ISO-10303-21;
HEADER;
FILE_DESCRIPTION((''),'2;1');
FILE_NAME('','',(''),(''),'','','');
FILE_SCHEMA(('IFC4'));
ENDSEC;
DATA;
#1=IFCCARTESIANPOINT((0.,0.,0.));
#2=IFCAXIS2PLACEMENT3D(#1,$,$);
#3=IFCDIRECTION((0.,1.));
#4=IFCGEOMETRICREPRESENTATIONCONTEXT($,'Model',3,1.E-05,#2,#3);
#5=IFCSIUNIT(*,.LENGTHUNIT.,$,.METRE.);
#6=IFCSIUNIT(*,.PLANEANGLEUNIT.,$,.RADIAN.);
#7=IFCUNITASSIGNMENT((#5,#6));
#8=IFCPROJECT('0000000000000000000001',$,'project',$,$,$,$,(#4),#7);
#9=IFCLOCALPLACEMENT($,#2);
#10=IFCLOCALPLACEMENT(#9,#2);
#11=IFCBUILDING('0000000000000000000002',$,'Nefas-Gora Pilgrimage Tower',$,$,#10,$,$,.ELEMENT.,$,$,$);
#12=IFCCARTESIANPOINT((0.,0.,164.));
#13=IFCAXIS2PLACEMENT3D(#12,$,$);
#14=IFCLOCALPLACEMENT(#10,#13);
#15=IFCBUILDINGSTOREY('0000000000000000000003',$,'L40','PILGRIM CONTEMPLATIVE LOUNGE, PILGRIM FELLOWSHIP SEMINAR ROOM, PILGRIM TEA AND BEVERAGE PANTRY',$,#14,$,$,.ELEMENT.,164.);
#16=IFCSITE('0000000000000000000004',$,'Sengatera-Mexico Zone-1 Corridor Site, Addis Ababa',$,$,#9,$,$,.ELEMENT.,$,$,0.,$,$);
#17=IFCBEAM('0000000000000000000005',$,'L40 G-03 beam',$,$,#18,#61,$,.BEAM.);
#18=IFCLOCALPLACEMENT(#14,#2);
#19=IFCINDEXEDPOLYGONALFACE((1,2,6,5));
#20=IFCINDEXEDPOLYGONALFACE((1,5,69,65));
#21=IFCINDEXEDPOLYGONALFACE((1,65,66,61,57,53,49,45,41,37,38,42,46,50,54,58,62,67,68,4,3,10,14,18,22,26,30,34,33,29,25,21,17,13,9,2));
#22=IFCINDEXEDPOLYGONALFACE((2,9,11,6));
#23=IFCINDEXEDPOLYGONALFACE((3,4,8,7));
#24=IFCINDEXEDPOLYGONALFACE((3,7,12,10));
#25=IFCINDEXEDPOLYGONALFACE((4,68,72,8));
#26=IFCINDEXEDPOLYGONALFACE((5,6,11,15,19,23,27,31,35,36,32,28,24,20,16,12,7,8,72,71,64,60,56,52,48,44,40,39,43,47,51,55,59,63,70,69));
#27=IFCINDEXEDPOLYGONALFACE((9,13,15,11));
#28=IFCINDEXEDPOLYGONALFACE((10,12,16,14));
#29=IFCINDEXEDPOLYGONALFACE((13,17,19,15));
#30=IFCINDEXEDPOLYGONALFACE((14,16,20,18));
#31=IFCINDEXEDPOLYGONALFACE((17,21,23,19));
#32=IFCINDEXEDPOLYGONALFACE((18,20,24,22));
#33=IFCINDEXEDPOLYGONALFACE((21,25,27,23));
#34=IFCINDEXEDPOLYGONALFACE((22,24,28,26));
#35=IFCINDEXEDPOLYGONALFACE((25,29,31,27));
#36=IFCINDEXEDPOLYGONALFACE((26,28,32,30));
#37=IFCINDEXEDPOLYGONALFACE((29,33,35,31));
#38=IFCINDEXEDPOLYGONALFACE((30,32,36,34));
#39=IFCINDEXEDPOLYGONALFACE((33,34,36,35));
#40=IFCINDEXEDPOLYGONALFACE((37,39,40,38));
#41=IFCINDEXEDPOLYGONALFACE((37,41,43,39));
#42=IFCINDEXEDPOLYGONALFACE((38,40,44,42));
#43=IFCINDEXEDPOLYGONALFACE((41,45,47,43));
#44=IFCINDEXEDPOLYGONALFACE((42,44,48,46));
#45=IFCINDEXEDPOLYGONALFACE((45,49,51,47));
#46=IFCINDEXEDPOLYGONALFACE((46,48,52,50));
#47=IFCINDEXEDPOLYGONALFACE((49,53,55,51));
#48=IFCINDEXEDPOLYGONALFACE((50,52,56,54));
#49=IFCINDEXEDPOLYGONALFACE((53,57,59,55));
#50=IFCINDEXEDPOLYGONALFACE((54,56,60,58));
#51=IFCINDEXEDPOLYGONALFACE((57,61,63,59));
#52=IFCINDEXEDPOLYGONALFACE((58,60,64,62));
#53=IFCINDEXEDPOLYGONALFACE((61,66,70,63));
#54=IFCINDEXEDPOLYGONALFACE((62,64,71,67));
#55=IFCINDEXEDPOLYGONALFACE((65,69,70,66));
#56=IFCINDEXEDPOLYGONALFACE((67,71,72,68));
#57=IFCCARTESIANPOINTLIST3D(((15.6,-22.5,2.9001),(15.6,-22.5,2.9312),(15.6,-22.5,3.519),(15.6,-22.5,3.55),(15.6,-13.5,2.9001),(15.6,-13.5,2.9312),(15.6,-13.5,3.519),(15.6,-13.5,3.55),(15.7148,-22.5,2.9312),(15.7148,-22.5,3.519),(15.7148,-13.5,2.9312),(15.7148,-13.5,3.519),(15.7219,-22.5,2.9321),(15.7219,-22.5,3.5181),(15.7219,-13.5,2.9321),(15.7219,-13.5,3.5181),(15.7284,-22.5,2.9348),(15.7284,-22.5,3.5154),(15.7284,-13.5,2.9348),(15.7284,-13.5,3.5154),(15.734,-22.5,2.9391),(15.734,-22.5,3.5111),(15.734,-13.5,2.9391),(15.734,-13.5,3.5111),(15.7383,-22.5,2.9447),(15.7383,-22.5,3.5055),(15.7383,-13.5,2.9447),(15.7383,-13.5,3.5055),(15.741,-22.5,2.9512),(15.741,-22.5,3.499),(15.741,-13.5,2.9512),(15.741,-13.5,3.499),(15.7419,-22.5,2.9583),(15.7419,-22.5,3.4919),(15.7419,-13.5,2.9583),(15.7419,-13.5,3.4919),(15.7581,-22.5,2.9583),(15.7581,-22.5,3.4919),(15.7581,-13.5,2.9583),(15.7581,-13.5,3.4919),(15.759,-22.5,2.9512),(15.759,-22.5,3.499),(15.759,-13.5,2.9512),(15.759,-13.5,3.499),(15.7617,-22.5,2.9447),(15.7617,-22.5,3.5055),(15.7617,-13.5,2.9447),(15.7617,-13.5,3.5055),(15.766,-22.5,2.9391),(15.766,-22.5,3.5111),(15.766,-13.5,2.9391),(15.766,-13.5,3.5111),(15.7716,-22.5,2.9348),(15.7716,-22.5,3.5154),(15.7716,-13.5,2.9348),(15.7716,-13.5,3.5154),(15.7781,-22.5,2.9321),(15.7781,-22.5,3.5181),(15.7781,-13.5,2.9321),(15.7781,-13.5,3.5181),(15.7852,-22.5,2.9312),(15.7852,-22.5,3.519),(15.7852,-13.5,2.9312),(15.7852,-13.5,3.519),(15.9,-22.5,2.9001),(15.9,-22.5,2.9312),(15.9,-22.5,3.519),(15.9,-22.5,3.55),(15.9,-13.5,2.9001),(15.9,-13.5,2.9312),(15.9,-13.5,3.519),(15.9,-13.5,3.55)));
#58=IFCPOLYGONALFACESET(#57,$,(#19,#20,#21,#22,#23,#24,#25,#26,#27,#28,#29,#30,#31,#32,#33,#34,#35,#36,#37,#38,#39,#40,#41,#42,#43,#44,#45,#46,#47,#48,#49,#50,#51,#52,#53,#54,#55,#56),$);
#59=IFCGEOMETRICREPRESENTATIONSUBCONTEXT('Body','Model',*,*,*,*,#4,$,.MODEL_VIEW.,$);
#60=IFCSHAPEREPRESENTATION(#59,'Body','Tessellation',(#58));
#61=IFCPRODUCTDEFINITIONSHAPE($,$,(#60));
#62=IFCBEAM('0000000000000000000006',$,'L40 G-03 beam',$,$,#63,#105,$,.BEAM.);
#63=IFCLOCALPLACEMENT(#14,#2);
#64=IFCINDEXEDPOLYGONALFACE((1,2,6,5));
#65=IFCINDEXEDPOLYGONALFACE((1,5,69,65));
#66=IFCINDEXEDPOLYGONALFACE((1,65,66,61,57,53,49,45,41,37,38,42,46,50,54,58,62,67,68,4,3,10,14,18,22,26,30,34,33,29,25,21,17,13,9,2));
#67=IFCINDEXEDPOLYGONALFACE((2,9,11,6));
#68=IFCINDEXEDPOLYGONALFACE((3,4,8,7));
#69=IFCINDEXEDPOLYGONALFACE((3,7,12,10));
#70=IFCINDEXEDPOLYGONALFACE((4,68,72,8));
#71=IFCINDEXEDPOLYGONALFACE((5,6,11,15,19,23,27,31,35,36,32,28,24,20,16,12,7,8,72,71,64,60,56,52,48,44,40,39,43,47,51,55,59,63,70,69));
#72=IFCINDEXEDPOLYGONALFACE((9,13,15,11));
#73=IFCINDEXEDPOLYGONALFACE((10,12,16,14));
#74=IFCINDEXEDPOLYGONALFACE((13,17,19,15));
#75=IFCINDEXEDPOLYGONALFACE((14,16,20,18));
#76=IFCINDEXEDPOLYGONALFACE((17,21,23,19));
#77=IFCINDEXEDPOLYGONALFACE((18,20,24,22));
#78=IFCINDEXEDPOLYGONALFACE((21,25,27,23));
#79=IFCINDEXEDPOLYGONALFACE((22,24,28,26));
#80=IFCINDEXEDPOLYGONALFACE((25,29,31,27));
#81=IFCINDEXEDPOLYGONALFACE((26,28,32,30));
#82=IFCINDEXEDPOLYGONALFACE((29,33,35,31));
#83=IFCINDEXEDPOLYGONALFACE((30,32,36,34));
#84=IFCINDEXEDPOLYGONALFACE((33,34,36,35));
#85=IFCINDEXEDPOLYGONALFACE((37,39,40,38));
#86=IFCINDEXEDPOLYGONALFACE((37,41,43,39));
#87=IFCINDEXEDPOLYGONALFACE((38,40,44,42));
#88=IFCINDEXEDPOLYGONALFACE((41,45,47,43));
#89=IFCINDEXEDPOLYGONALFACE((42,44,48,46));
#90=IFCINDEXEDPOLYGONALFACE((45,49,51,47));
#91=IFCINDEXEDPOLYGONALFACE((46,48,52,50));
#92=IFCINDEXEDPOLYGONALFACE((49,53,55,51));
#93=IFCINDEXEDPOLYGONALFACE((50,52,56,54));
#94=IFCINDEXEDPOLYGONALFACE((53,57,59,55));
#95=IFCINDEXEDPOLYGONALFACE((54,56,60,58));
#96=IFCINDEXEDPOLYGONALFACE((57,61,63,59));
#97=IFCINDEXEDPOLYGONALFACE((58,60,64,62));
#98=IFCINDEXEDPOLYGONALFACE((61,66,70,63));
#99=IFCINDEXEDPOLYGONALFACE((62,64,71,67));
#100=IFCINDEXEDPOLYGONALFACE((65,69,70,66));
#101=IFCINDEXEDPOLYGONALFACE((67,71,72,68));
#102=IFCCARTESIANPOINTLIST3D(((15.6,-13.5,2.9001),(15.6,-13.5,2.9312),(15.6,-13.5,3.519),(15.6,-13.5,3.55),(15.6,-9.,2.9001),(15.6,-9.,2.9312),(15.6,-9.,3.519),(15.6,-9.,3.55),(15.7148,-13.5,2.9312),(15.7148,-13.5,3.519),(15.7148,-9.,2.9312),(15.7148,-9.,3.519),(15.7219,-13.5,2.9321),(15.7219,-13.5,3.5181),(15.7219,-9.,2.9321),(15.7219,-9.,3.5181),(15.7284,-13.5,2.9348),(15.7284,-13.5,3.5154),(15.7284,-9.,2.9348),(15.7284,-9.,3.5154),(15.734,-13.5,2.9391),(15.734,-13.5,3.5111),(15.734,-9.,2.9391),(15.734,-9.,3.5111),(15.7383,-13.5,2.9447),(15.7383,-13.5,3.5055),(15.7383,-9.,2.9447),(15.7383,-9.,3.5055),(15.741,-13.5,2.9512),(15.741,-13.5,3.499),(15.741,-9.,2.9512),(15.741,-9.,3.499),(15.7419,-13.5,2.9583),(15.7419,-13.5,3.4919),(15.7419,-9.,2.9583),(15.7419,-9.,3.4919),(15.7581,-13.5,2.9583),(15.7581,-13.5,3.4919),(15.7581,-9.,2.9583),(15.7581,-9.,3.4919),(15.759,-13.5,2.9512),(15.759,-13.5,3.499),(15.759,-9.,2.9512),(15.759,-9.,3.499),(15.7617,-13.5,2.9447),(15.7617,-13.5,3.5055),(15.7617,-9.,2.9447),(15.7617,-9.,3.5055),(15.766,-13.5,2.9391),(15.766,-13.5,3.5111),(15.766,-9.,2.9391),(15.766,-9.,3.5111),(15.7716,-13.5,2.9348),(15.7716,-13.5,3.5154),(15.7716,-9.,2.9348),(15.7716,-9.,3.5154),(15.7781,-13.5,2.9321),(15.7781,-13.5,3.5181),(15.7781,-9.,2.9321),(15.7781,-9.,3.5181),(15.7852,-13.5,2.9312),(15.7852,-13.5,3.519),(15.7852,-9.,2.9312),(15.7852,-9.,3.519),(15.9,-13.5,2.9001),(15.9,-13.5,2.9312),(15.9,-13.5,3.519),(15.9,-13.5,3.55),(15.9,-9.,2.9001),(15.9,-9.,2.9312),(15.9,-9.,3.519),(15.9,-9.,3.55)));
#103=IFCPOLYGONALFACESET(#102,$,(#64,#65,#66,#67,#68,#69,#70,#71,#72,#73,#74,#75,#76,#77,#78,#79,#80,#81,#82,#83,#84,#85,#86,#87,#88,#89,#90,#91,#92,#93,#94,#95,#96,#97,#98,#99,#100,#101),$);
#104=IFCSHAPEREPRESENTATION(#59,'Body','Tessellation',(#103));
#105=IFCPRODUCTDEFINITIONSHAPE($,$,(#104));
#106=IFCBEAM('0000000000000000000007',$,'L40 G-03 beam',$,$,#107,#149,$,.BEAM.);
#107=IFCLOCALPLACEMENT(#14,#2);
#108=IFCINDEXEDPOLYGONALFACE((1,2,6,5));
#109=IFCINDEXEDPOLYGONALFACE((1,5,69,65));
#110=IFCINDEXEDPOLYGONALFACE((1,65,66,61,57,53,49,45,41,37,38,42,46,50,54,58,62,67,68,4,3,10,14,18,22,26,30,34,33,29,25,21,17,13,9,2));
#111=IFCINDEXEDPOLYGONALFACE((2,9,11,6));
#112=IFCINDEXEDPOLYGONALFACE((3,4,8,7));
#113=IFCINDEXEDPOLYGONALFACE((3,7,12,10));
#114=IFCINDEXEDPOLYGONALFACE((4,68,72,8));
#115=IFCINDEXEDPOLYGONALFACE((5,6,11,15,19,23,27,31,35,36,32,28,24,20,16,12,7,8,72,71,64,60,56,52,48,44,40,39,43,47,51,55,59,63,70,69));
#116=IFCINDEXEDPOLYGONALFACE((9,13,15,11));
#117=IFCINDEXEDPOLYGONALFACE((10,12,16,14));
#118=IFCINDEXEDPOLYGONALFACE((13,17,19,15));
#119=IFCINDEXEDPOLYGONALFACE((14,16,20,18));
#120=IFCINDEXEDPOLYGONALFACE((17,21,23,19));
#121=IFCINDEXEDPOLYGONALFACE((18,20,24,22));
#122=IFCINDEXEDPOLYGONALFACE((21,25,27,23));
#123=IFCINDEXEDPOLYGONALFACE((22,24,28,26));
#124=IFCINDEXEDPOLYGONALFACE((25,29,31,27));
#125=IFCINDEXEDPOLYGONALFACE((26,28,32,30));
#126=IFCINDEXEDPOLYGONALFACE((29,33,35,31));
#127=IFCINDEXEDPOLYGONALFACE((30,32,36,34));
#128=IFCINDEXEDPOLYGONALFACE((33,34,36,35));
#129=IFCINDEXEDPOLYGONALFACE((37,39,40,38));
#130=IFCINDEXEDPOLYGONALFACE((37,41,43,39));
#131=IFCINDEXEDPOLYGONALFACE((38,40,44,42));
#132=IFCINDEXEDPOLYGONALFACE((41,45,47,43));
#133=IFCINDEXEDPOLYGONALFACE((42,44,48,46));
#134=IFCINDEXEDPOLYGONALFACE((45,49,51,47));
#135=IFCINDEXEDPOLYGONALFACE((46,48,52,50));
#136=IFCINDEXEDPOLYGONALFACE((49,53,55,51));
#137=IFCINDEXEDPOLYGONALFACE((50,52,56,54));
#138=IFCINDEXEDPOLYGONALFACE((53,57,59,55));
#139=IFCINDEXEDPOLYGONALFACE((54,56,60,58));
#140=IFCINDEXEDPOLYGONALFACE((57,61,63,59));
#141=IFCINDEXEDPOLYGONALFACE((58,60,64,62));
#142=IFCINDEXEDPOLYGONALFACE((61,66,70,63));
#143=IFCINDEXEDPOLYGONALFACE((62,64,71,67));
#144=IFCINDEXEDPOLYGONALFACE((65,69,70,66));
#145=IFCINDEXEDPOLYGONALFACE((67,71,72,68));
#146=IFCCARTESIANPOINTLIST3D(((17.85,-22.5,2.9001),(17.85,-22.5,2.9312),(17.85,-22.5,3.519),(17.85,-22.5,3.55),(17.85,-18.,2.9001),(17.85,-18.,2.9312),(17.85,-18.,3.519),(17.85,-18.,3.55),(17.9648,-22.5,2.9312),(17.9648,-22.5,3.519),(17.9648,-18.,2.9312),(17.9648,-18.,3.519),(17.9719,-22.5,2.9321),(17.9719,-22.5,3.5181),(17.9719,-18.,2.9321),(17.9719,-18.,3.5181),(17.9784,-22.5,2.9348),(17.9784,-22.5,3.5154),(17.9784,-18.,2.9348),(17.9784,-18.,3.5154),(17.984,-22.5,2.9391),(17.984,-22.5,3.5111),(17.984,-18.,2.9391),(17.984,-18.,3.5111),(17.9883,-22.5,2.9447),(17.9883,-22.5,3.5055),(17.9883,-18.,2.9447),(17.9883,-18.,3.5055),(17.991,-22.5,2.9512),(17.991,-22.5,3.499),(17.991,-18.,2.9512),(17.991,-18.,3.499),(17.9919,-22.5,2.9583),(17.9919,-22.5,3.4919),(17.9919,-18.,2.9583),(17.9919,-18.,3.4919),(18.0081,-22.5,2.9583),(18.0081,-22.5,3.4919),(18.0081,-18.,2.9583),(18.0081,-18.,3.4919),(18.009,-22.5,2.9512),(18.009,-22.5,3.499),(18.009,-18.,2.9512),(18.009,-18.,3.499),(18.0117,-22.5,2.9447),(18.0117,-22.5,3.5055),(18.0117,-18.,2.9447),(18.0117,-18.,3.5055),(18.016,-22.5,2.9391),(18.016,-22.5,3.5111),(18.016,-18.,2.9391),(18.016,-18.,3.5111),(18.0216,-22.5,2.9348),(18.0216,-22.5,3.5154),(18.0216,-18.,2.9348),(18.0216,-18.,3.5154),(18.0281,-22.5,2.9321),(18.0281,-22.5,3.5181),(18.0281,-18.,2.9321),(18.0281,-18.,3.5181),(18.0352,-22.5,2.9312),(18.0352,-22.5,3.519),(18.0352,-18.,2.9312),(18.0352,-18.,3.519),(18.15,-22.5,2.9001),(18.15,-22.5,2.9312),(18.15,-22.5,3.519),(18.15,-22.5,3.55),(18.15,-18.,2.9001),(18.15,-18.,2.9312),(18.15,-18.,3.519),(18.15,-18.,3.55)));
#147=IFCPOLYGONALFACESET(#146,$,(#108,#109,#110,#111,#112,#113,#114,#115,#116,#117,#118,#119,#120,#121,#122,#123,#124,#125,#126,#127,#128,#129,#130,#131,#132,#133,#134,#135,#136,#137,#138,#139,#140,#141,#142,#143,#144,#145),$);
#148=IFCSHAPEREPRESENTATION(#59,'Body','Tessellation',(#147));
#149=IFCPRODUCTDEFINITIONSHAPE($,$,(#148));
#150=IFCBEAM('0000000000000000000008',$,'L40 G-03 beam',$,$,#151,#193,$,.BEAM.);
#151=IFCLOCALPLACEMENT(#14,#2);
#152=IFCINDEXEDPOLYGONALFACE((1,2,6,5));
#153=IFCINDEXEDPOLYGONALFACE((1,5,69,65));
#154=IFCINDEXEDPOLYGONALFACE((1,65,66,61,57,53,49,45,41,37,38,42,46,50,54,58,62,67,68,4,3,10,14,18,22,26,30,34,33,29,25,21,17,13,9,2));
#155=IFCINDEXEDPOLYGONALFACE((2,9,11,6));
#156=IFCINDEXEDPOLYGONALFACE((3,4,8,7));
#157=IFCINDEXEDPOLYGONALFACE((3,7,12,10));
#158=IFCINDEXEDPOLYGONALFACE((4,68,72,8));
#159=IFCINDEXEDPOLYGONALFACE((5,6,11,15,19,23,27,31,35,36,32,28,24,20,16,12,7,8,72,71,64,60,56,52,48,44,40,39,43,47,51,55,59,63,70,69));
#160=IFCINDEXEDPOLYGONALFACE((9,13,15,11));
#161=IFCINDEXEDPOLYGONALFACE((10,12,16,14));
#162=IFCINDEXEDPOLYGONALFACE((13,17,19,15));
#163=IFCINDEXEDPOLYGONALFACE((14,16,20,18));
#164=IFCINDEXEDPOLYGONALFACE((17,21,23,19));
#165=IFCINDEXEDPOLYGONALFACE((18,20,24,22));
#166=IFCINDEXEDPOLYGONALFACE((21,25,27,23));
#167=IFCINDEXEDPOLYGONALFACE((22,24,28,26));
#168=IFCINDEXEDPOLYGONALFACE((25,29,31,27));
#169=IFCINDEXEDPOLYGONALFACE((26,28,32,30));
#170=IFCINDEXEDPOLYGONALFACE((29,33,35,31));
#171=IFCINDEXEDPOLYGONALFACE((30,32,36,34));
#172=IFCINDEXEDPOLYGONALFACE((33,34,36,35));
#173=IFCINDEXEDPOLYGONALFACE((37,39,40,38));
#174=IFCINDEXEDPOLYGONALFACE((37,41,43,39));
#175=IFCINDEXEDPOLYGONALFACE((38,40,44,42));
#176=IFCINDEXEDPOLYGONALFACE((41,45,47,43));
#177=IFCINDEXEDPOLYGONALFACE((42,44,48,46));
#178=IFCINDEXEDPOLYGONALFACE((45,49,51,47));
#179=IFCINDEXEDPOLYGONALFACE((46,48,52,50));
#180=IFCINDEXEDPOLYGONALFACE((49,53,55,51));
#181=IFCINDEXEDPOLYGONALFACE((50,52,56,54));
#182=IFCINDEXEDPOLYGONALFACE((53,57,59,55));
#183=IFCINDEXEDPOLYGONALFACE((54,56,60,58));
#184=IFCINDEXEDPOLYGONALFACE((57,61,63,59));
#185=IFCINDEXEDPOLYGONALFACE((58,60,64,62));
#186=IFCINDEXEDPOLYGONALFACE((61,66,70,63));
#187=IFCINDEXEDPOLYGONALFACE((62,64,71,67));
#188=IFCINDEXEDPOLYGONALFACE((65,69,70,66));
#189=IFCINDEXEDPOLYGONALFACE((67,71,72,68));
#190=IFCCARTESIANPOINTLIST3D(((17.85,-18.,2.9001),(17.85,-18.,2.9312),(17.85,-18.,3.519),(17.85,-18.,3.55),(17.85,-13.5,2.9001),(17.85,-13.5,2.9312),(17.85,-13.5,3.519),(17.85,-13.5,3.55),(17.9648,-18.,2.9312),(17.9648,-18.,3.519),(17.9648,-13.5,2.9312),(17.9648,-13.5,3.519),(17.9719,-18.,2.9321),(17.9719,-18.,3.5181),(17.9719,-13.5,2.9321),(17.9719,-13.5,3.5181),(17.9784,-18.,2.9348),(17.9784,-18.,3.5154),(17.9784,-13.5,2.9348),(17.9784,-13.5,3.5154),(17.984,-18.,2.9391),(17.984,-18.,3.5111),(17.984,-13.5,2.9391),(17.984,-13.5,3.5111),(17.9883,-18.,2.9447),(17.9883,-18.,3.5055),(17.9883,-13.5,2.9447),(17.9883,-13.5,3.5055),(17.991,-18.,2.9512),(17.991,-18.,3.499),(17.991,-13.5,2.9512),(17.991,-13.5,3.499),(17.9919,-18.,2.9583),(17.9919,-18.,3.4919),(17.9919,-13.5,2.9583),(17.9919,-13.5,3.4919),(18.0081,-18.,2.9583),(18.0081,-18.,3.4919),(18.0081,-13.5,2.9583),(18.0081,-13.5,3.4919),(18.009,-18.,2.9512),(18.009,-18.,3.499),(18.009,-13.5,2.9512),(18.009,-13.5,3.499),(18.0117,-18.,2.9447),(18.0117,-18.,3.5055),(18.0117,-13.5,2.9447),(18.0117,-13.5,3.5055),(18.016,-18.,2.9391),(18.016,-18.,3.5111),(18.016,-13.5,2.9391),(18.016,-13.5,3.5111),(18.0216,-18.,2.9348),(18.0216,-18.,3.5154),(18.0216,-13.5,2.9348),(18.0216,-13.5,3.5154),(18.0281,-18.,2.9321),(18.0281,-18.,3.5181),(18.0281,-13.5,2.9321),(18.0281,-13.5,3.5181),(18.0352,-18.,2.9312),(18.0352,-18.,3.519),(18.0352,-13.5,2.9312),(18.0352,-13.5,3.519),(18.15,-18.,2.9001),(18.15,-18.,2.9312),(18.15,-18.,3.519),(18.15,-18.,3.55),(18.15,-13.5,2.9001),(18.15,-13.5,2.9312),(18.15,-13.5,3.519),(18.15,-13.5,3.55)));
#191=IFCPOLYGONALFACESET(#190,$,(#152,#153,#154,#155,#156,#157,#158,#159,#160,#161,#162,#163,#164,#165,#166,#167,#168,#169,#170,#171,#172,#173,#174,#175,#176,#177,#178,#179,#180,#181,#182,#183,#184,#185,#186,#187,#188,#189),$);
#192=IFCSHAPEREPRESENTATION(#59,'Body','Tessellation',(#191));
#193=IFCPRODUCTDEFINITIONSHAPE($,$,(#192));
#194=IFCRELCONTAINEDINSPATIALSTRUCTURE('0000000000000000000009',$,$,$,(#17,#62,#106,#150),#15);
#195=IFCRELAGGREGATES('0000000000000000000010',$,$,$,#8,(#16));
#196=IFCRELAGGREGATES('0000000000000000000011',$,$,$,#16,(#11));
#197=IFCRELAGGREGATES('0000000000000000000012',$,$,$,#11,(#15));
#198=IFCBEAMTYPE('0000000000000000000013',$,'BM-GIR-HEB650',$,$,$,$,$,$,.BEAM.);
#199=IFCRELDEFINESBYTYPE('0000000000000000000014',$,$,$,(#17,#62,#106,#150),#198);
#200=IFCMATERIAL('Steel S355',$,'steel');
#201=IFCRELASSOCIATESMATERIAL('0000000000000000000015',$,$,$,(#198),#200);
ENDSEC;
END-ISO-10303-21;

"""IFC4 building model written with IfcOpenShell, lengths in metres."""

from ifc_helpers import new_model, si_unit, direction, frame, origin, origin_2d, place, context, subcontext, project, spatial, i_section, extrude, source, transform, mapped, material, material_profile, profile_set, type_object, element, save


model = new_model("IFC4")

# Units and contexts
model_context = context("Model", 3, precision=1e-05, world=origin(), true_north=direction((0.0, 1.0)))
body_context = subcontext(model_context, "Body", "Model", "MODEL_VIEW")
ifc_project = project(units=[si_unit("LENGTHUNIT", "METRE"), si_unit("PLANEANGLEUNIT", "RADIAN")], contexts=[model_context])

# Site, building, storey
site_placement = place(None, origin())
site = spatial("IfcSite", under=ifc_project, at=site_placement, Name="Sengatera-Mexico Zone-1 Corridor Site, Addis Ababa", CompositionType="ELEMENT", RefElevation=0.0)
building_placement = place(site_placement, origin())
building = spatial("IfcBuilding", under=site, at=building_placement, Name="Nefas-Gora Pilgrimage Tower", CompositionType="ELEMENT")
storey_placement = place(building_placement, frame((0.0, 0.0, 164.0)))
storey = spatial("IfcBuildingStorey", under=building, at=storey_placement, Name="L40", Description="PILGRIM CONTEMPLATIVE LOUNGE, PILGRIM FELLOWSHIP SEMINAR ROOM, PILGRIM TEA AND BEVERAGE PANTRY", CompositionType="ELEMENT", Elevation=164.0)

# Beams
ifc_material_1 = material(Name="Steel S355", Category="steel")
ifc_material_profile_1 = material_profile(ifc_material_1, i_section(OverallWidth=0.3, OverallDepth=0.6499, WebThickness=0.0161, FlangeThickness=0.031, FilletRadius=0.0271, at=origin_2d()), Name="HEB 650")
ifc_profile_set_1 = profile_set([ifc_material_profile_1], Name="Steel S355")
beam_type_1 = type_object("IfcBeamType", Name="BM-GIR-HEB650", PredefinedType="BEAM", material=ifc_profile_set_1)
shared_shape_1 = source(origin(), body_context, "Body", "SweptSolid", [
    extrude(i_section(OverallWidth=0.3, OverallDepth=0.6499, WebThickness=0.0161, FlangeThickness=0.031, FilletRadius=0.0271, at=origin_2d()), origin(), (0.0, 0.0, 1.0), 9.0),
])
for number, where, z_axis, x_axis, name in (
    (1, (15.75, -22.5, 3.2251), (0.0, 1.0, 0.0), (-1.0, 0.0, 0.0), "L40 G-03 beam"),
):
    element("IfcBeam", number, at=place(storey_placement, frame(where, z_axis=z_axis, x_axis=x_axis)), inside=storey, type_object=beam_type_1, Name=name, PredefinedType="BEAM", context=body_context, shape_type="MappedRepresentation", body=[
        mapped(shared_shape_1, transform((0.0, 0.0, 0.0), x_axis=(1.0, 0.0, 0.0), y_axis=(0.0, 1.0, 0.0), z_axis=(0.0, 0.0, 1.0), scale=1.0)),
    ])
shared_shape_2 = source(origin(), body_context, "Body", "SweptSolid", [
    extrude(i_section(OverallWidth=0.3, OverallDepth=0.6499, WebThickness=0.0161, FlangeThickness=0.031, FilletRadius=0.0271, at=origin_2d()), origin(), (0.0, 0.0, 1.0), 4.5),
])
for number, where, z_axis, x_axis, name in (
    (2, (15.75, -13.5, 3.2251), (0.0, 1.0, 0.0), (-1.0, 0.0, 0.0), "L40 G-03 beam"),
    (3, (18.0, -22.5, 3.2251), (0.0, 1.0, 0.0), (-1.0, 0.0, 0.0), "L40 G-03 beam"),
    (4, (18.0, -18.0, 3.2251), (0.0, 1.0, 0.0), (-1.0, 0.0, 0.0), "L40 G-03 beam"),
):
    element("IfcBeam", number, at=place(storey_placement, frame(where, z_axis=z_axis, x_axis=x_axis)), inside=storey, type_object=beam_type_1, Name=name, PredefinedType="BEAM", context=body_context, shape_type="MappedRepresentation", body=[
        mapped(shared_shape_2, transform((0.0, 0.0, 0.0), x_axis=(1.0, 0.0, 0.0), y_axis=(0.0, 1.0, 0.0), z_axis=(0.0, 0.0, 1.0), scale=1.0)),
    ])

save(model, "model.ifc")
